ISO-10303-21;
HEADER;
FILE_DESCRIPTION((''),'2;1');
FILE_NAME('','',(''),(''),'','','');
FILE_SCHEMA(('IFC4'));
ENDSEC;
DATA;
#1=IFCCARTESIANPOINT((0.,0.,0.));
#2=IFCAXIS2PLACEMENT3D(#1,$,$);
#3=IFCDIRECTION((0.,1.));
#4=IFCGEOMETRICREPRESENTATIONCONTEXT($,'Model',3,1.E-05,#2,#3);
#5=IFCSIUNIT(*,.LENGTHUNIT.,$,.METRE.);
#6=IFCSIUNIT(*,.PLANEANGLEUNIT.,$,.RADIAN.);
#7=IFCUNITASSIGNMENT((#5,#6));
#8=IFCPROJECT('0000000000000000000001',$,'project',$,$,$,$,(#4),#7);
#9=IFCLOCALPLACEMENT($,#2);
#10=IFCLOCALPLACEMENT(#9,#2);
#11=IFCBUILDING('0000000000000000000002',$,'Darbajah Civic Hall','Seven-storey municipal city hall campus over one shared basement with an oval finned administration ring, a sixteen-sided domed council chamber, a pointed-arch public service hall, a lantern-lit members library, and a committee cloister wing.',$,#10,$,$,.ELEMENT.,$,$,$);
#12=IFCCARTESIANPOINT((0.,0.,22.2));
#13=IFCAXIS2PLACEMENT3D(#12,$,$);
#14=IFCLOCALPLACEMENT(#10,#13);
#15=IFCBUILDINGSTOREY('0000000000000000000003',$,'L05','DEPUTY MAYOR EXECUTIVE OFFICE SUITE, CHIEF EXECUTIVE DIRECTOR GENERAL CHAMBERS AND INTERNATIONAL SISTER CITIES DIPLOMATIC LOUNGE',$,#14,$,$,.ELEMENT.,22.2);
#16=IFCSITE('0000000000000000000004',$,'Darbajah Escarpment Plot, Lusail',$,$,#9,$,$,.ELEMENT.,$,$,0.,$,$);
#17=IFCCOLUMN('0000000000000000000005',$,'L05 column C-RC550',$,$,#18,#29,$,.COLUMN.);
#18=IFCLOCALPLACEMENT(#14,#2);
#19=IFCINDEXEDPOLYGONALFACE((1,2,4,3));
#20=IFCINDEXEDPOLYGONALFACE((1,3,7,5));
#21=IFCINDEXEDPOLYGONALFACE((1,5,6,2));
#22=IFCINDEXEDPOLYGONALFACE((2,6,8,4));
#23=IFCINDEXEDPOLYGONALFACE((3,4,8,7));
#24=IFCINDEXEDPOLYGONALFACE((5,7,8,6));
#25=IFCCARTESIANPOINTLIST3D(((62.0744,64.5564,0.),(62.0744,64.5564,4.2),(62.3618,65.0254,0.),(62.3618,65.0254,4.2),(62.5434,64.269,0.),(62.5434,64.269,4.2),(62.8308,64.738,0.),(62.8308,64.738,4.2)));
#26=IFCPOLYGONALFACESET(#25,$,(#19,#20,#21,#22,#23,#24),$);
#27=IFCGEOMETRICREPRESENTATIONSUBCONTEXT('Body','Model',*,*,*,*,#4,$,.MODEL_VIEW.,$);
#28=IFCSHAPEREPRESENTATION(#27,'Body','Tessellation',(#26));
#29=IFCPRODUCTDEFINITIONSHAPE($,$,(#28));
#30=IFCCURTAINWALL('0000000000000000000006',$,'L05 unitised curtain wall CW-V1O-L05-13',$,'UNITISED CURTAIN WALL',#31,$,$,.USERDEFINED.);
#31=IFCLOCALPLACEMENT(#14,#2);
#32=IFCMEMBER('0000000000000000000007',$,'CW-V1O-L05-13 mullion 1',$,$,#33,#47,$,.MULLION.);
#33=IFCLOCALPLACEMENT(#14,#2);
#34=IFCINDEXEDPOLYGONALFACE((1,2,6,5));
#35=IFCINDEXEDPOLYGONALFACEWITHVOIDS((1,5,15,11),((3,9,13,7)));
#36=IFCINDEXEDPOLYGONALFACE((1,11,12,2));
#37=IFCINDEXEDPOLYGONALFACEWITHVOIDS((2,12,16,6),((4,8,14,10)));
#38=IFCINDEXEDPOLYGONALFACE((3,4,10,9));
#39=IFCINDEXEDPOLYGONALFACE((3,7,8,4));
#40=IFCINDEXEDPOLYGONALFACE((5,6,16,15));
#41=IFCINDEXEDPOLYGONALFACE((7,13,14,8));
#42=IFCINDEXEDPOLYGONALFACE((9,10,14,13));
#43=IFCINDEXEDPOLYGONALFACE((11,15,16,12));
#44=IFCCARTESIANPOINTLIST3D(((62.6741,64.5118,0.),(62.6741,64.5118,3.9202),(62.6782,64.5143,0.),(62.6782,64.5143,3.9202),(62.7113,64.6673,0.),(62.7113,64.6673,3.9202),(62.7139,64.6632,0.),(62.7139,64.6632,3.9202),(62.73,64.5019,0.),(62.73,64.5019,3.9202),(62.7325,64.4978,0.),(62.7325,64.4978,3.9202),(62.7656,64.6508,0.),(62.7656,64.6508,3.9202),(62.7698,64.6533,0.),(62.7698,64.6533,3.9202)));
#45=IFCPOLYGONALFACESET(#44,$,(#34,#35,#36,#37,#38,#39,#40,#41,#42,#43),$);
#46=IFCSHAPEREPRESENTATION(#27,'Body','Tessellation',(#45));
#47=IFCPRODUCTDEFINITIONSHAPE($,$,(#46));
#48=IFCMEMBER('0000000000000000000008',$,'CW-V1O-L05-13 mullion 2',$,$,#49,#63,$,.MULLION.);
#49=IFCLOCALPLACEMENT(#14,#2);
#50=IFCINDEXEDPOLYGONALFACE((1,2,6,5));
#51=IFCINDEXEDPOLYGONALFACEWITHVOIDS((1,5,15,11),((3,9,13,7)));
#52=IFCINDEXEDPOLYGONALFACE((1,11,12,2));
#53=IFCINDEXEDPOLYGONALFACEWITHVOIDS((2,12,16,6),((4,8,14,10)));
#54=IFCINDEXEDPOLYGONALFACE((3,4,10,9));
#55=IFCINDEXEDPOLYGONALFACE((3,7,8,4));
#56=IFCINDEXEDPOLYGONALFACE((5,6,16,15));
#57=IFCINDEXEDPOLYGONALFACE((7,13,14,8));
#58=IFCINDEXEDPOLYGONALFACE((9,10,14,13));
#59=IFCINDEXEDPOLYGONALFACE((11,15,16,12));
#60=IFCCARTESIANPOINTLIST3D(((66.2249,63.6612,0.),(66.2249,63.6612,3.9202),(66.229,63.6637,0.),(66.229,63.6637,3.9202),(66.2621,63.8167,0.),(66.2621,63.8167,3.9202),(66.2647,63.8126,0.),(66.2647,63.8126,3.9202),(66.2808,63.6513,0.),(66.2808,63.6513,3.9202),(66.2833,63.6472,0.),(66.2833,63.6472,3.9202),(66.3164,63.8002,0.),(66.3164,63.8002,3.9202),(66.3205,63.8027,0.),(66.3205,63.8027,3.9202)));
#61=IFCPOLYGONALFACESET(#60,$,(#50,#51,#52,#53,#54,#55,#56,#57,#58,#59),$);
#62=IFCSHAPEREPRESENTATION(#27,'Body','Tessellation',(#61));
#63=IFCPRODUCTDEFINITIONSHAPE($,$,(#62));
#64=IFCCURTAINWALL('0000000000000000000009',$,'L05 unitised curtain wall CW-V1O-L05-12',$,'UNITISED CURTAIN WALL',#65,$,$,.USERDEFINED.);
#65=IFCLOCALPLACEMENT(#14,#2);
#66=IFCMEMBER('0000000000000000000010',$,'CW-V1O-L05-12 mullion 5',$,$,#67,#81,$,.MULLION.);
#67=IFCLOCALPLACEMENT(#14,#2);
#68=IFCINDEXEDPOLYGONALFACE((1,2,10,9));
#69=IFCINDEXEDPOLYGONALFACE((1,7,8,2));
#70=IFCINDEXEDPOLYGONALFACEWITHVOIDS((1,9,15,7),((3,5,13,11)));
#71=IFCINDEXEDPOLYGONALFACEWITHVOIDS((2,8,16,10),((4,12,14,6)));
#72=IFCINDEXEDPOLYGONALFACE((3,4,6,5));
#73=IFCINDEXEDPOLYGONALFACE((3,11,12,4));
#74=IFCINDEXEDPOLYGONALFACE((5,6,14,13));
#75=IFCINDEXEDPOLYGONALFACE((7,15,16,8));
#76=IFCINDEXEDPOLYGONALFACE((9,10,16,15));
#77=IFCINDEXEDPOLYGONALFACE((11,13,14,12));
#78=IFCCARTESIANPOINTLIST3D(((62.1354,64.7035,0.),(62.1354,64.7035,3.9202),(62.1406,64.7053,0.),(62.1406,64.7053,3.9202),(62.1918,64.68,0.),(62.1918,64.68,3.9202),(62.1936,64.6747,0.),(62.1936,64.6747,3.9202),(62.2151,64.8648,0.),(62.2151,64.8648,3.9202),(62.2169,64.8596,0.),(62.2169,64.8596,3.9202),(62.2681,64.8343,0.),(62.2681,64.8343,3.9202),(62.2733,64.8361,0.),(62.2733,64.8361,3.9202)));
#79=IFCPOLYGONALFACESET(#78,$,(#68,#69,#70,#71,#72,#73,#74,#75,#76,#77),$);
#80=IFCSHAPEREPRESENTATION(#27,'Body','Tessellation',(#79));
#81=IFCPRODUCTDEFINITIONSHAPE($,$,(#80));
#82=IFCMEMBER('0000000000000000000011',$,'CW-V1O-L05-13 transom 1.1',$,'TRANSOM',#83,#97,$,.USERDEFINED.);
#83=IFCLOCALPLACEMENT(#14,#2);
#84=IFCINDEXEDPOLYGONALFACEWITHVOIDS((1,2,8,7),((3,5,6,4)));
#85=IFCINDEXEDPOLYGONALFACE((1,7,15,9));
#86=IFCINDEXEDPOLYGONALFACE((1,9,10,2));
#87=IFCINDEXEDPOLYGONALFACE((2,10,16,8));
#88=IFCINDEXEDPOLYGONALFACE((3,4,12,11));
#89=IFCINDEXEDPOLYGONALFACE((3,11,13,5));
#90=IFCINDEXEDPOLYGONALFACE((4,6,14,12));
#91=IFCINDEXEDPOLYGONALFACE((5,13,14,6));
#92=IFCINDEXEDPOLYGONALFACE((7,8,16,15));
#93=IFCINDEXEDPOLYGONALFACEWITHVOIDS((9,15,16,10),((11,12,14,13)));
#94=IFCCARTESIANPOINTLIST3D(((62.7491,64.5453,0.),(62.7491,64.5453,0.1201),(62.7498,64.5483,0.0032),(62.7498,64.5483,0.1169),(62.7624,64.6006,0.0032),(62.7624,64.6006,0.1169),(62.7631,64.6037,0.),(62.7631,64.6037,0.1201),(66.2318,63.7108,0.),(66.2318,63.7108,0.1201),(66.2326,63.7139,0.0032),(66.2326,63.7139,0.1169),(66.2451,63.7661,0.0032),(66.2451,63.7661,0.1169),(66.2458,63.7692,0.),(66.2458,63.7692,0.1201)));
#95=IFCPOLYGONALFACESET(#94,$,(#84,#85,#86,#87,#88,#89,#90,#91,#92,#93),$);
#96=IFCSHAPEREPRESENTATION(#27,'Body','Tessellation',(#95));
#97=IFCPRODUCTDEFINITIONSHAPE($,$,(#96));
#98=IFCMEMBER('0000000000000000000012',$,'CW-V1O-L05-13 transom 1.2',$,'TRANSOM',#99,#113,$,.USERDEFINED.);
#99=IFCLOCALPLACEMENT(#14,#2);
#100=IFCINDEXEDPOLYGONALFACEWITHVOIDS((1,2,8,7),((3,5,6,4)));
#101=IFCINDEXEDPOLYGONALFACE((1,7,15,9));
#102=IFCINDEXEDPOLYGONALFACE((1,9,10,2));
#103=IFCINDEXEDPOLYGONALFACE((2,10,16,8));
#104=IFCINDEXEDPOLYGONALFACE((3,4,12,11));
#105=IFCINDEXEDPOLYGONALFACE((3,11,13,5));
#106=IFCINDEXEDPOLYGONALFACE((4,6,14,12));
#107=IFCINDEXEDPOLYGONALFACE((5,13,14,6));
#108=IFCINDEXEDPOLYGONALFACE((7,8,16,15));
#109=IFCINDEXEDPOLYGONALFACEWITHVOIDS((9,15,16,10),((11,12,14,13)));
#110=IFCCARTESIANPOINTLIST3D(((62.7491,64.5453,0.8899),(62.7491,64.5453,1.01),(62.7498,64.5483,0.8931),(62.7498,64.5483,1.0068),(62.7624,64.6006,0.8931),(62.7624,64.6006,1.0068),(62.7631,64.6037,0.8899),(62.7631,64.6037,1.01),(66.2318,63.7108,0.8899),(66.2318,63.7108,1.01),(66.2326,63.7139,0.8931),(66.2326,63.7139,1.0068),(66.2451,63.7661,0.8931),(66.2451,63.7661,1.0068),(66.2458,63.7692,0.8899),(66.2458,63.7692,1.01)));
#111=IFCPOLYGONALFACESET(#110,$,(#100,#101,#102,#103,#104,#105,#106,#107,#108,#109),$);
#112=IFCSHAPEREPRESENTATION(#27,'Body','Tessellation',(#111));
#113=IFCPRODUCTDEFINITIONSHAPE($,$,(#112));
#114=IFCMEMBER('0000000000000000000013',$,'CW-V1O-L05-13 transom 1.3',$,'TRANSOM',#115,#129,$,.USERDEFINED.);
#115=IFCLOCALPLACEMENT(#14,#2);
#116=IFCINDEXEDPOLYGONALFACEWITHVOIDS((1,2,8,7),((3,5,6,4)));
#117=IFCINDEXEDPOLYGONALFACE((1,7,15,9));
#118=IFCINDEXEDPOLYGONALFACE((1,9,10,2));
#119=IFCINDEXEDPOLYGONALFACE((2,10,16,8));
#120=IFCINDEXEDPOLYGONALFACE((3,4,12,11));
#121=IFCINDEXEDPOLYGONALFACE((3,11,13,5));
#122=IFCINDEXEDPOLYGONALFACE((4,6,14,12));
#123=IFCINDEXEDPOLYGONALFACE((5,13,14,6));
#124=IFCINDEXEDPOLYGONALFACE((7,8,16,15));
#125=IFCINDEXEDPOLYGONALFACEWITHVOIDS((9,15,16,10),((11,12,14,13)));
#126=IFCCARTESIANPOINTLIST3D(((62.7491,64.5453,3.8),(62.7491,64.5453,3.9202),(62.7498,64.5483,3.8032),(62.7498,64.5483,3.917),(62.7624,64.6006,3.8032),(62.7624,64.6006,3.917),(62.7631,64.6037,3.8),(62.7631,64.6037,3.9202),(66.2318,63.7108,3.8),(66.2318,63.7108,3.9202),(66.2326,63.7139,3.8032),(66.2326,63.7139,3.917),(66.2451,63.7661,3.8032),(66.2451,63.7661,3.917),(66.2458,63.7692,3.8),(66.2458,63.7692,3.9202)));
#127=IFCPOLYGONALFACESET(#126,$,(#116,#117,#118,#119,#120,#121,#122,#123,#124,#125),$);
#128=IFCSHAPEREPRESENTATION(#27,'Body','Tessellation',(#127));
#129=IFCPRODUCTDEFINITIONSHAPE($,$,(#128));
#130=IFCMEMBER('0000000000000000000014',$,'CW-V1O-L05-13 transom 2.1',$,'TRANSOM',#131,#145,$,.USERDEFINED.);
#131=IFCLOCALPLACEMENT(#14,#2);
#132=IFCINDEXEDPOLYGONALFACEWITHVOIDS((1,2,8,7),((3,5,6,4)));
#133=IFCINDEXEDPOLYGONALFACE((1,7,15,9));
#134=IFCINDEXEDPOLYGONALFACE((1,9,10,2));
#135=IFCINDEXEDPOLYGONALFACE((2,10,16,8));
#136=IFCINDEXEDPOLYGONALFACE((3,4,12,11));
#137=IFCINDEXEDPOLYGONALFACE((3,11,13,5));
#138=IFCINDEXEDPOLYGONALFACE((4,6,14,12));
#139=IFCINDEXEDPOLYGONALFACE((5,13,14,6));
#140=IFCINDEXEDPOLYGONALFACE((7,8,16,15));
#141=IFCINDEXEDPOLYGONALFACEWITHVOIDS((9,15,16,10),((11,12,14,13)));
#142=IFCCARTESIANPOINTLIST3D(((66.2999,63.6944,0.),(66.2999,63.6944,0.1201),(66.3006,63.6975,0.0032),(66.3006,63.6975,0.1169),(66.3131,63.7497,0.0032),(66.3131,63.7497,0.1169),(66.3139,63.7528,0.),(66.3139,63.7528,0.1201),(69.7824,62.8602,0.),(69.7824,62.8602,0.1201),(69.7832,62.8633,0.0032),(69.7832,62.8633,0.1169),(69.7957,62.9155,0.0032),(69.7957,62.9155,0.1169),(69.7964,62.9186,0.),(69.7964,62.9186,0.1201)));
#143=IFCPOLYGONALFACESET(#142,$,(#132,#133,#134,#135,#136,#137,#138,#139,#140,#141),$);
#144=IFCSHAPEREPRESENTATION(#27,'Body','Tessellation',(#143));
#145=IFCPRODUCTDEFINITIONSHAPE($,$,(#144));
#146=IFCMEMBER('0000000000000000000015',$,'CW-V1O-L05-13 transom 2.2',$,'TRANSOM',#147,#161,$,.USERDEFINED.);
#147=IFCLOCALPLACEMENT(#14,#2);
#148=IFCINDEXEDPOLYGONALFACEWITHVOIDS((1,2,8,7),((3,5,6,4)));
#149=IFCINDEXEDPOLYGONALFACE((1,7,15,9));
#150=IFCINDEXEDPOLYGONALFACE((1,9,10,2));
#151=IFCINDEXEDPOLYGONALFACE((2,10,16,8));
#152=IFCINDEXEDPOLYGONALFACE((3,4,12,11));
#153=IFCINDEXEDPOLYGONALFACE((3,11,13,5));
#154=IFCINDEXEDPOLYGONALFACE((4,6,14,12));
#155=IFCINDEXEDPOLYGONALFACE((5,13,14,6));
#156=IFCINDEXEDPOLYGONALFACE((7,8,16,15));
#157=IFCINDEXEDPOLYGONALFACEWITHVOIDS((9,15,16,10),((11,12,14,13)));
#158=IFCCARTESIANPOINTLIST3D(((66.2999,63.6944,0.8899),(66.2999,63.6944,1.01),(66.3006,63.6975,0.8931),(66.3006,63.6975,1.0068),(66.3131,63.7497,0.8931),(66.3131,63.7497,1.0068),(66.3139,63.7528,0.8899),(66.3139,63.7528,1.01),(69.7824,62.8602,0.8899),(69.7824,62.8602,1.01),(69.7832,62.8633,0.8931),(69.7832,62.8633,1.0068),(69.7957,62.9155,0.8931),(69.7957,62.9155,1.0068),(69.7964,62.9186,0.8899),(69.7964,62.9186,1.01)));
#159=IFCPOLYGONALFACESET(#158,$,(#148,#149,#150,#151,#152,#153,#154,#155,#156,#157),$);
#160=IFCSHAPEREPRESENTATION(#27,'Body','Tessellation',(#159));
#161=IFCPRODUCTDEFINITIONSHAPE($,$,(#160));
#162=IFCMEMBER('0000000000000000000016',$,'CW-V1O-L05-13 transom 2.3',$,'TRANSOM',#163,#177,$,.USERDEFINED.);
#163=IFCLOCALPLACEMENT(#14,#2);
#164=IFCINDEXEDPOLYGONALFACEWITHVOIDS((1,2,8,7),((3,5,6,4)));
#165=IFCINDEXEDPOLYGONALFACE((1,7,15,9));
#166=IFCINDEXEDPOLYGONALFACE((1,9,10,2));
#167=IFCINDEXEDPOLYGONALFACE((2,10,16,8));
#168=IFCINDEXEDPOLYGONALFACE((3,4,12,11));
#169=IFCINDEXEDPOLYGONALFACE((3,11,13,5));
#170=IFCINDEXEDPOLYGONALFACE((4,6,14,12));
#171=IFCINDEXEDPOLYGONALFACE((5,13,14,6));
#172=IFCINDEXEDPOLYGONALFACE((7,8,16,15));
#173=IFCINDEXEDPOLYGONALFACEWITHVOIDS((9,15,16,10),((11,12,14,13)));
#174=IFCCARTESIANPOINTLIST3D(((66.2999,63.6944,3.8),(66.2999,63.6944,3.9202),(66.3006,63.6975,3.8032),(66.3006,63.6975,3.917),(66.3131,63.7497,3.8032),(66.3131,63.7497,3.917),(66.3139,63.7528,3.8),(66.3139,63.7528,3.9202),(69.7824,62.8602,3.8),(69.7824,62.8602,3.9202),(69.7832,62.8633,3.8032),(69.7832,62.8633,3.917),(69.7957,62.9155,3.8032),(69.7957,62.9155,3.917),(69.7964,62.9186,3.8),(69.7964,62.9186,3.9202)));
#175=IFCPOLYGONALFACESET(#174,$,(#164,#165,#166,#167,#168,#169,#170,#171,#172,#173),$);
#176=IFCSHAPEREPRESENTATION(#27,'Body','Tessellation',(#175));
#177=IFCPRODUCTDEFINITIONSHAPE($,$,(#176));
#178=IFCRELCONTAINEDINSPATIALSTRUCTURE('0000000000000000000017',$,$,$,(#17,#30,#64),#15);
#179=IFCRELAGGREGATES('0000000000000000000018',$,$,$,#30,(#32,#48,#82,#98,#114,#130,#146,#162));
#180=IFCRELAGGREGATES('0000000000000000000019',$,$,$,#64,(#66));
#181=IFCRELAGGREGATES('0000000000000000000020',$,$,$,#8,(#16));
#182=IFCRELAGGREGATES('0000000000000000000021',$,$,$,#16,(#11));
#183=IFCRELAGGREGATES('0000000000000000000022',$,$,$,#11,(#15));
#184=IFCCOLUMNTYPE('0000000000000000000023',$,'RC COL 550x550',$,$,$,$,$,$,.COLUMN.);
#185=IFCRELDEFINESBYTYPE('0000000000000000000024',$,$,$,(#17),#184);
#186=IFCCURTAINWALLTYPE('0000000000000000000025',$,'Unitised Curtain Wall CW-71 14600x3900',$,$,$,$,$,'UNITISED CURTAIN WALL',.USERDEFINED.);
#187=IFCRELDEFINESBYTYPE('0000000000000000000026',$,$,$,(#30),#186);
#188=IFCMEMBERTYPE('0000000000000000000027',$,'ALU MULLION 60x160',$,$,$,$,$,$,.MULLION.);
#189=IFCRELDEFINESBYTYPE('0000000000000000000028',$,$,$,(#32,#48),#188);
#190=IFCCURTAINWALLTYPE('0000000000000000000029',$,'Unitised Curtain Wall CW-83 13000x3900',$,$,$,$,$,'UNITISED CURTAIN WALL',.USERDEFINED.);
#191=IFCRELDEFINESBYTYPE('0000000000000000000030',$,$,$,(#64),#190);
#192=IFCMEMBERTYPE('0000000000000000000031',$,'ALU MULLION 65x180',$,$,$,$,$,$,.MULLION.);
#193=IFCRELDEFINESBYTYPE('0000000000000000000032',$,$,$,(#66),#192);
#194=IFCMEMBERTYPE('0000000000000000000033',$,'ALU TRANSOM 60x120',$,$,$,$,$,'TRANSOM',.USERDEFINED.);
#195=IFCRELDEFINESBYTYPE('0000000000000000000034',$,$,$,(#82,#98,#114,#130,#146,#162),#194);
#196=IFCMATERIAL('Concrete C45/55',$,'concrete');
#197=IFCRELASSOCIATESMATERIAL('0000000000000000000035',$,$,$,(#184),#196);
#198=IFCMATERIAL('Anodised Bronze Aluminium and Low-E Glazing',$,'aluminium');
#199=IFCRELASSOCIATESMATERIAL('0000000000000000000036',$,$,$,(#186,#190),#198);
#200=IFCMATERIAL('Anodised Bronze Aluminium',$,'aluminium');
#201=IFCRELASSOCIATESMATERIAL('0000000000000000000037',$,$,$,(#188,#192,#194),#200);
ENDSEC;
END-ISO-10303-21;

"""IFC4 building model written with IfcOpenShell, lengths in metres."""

from ifc_helpers import new_model, si_unit, direction, frame, origin, origin_2d, place, context, subcontext, project, spatial, rectangle, hollow_rectangle, extrude, material, material_profile, profile_set, type_object, element, aggregate, save


model = new_model("IFC4")

# Units and contexts
model_context = context("Model", 3, precision=1e-05, world=origin(), true_north=direction((0.0, 1.0)))
body_context = subcontext(model_context, "Body", "Model", "MODEL_VIEW")
ifc_project = project(units=[si_unit("LENGTHUNIT", "METRE"), si_unit("PLANEANGLEUNIT", "RADIAN")], contexts=[model_context])

# Site, building, storey
site_placement = place(None, origin())
site = spatial("IfcSite", under=ifc_project, at=site_placement, Name="Darbajah Escarpment Plot, Lusail", CompositionType="ELEMENT", RefElevation=0.0)
building_placement = place(site_placement, origin())
building = spatial("IfcBuilding", under=site, at=building_placement, Name="Darbajah Civic Hall", Description="Seven-storey municipal city hall campus over one shared basement with an oval finned administration ring, a sixteen-sided domed council chamber, a pointed-arch public service hall, a lantern-lit members library, and a committee cloister wing.", CompositionType="ELEMENT")
storey_placement = place(building_placement, frame((0.0, 0.0, 22.2)))
storey = spatial("IfcBuildingStorey", under=building, at=storey_placement, Name="L05", Description="DEPUTY MAYOR EXECUTIVE OFFICE SUITE, CHIEF EXECUTIVE DIRECTOR GENERAL CHAMBERS AND INTERNATIONAL SISTER CITIES DIPLOMATIC LOUNGE", CompositionType="ELEMENT", Elevation=22.2)

# Column
ifc_material_1 = material(Name="Concrete C45/55", Category="concrete")
ifc_material_profile_1 = material_profile(ifc_material_1, rectangle(XDim=0.55, YDim=0.55, at=origin_2d()), Name="RC COL 550x550")
ifc_profile_set_1 = profile_set([ifc_material_profile_1], Name="Concrete C45/55")
column_type = type_object("IfcColumnType", Name="RC COL 550x550", PredefinedType="COLUMN", material=ifc_profile_set_1)
column_placement = place(storey_placement, frame((62.4526, 64.6472, 0.0), z_axis=(0.0, 0.0, 1.0), x_axis=(-0.522499, -0.85264, 0.0)))
element("IfcColumn", 1, at=column_placement, inside=storey, type_object=column_type, Name="L05 column C-RC550", PredefinedType="COLUMN", context=body_context, shape_type="SweptSolid", body=[
    extrude(rectangle(XDim=0.55, YDim=0.55, at=origin_2d()), origin(), (0.0, 0.0, 1.0), 4.2),
])

# Curtain wall, members
ifc_material_2 = material(Name="Anodised Bronze Aluminium and Low-E Glazing", Category="aluminium")
curtain_wall_type_1 = type_object("IfcCurtainWallType", Name="Unitised Curtain Wall CW-71 14600x3900", ElementType="UNITISED CURTAIN WALL", PredefinedType="USERDEFINED", material=ifc_material_2)
curtain_wall_1_placement = place(storey_placement, origin())
curtain_wall_1 = element("IfcCurtainWall", 2, at=curtain_wall_1_placement, inside=storey, type_object=curtain_wall_type_1, Name="L05 unitised curtain wall CW-V1O-L05-13", ObjectType="UNITISED CURTAIN WALL", PredefinedType="USERDEFINED")
ifc_material_3 = material(Name="Anodised Bronze Aluminium", Category="aluminium")
ifc_material_profile_2 = material_profile(ifc_material_3, hollow_rectangle(XDim=0.0601, YDim=0.1599, WallThickness=0.0034, at=origin_2d()), Name="ALU MULLION 60x160")
ifc_profile_set_2 = profile_set([ifc_material_profile_2], Name="Anodised Bronze Aluminium")
member_type_1 = type_object("IfcMemberType", Name="ALU MULLION 60x160", PredefinedType="MULLION", material=ifc_profile_set_2)
member_1_placement = place(storey_placement, frame((62.7219, 64.5825, 0.0), z_axis=(0.0, 0.0, 1.0), x_axis=(0.972492, -0.232936, 0.0)))
member_1 = element("IfcMember", 3, at=member_1_placement, type_object=member_type_1, Name="CW-V1O-L05-13 mullion 1", PredefinedType="MULLION", context=body_context, shape_type="SweptSolid", body=[
    extrude(hollow_rectangle(XDim=0.0601, YDim=0.1599, WallThickness=0.0034, at=origin_2d()), origin(), (0.0, 0.0, 1.0), 3.9202),
])
member_2_placement = place(storey_placement, frame((66.2727, 63.7319, 0.0), z_axis=(0.0, 0.0, 1.0), x_axis=(0.972492, -0.232936, 0.0)))
member_2 = element("IfcMember", 4, at=member_2_placement, type_object=member_type_1, Name="CW-V1O-L05-13 mullion 2", PredefinedType="MULLION", context=body_context, shape_type="SweptSolid", body=[
    extrude(hollow_rectangle(XDim=0.0601, YDim=0.1599, WallThickness=0.0034, at=origin_2d()), origin(), (0.0, 0.0, 1.0), 3.9202),
])

# Curtain wall, member
curtain_wall_type_2 = type_object("IfcCurtainWallType", Name="Unitised Curtain Wall CW-83 13000x3900", ElementType="UNITISED CURTAIN WALL", PredefinedType="USERDEFINED", material=ifc_material_2)
curtain_wall_2_placement = place(storey_placement, origin())
curtain_wall_2 = element("IfcCurtainWall", 5, at=curtain_wall_2_placement, inside=storey, type_object=curtain_wall_type_2, Name="L05 unitised curtain wall CW-V1O-L05-12", ObjectType="UNITISED CURTAIN WALL", PredefinedType="USERDEFINED")
ifc_material_profile_3 = material_profile(ifc_material_3, hollow_rectangle(XDim=0.0649, YDim=0.1799, WallThickness=0.0039, at=origin_2d()), Name="ALU MULLION 65x180")
ifc_profile_set_3 = profile_set([ifc_material_profile_3], Name="Anodised Bronze Aluminium")
member_type_2 = type_object("IfcMemberType", Name="ALU MULLION 65x180", PredefinedType="MULLION", material=ifc_profile_set_3)
member_3_placement = place(storey_placement, frame((62.2043, 64.7698, 0.0), z_axis=(0.0, 0.0, 1.0), x_axis=(0.896564, -0.442915, 0.0)))
member_3 = element("IfcMember", 6, at=member_3_placement, type_object=member_type_2, Name="CW-V1O-L05-12 mullion 5", PredefinedType="MULLION", context=body_context, shape_type="SweptSolid", body=[
    extrude(hollow_rectangle(XDim=0.0649, YDim=0.1799, WallThickness=0.0039, at=origin_2d()), origin(), (0.0, 0.0, 1.0), 3.9202),
])

# Members
ifc_material_profile_4 = material_profile(ifc_material_3, hollow_rectangle(XDim=0.0601, YDim=0.1201, WallThickness=0.0032, at=origin_2d()), Name="ALU TRANSOM 60x120")
ifc_profile_set_4 = profile_set([ifc_material_profile_4], Name="Anodised Bronze Aluminium")
member_type_3 = type_object("IfcMemberType", Name="ALU TRANSOM 60x120", ElementType="TRANSOM", PredefinedType="USERDEFINED", material=ifc_profile_set_4)
member_4_placement = place(storey_placement, frame((62.7561, 64.5745, 0.0601), z_axis=(0.972474, -0.233012, 0.0), x_axis=(0.233012, 0.972474, 0.0)))
member_4 = element("IfcMember", 7, at=member_4_placement, type_object=member_type_3, Name="CW-V1O-L05-13 transom 1.1", ObjectType="TRANSOM", PredefinedType="USERDEFINED", context=body_context, shape_type="SweptSolid", body=[
    extrude(hollow_rectangle(XDim=0.0601, YDim=0.1201, WallThickness=0.0032, at=origin_2d()), origin(), (0.0, 0.0, 1.0), 3.5813),
])
member_5_placement = place(storey_placement, frame((62.7561, 64.5745, 0.95), z_axis=(0.972474, -0.233012, 0.0), x_axis=(0.233012, 0.972474, 0.0)))
member_5 = element("IfcMember", 8, at=member_5_placement, type_object=member_type_3, Name="CW-V1O-L05-13 transom 1.2", ObjectType="TRANSOM", PredefinedType="USERDEFINED", context=body_context, shape_type="SweptSolid", body=[
    extrude(hollow_rectangle(XDim=0.0601, YDim=0.1201, WallThickness=0.0032, at=origin_2d()), origin(), (0.0, 0.0, 1.0), 3.5813),
])
member_6_placement = place(storey_placement, frame((62.7561, 64.5745, 3.8601), z_axis=(0.972474, -0.233012, 0.0), x_axis=(0.233012, 0.972474, 0.0)))
member_6 = element("IfcMember", 9, at=member_6_placement, type_object=member_type_3, Name="CW-V1O-L05-13 transom 1.3", ObjectType="TRANSOM", PredefinedType="USERDEFINED", context=body_context, shape_type="SweptSolid", body=[
    extrude(hollow_rectangle(XDim=0.0601, YDim=0.1201, WallThickness=0.0032, at=origin_2d()), origin(), (0.0, 0.0, 1.0), 3.5813),
])
member_7_placement = place(storey_placement, frame((66.3069, 63.7236, 0.0601), z_axis=(0.972486, -0.232963, 0.0), x_axis=(0.232963, 0.972486, 0.0)))
member_7 = element("IfcMember", 10, at=member_7_placement, type_object=member_type_3, Name="CW-V1O-L05-13 transom 2.1", ObjectType="TRANSOM", PredefinedType="USERDEFINED", context=body_context, shape_type="SweptSolid", body=[
    extrude(hollow_rectangle(XDim=0.0601, YDim=0.1201, WallThickness=0.0032, at=origin_2d()), origin(), (0.0, 0.0, 1.0), 3.5811),
])
member_8_placement = place(storey_placement, frame((66.3069, 63.7236, 0.95), z_axis=(0.972486, -0.232963, 0.0), x_axis=(0.232963, 0.972486, 0.0)))
member_8 = element("IfcMember", 11, at=member_8_placement, type_object=member_type_3, Name="CW-V1O-L05-13 transom 2.2", ObjectType="TRANSOM", PredefinedType="USERDEFINED", context=body_context, shape_type="SweptSolid", body=[
    extrude(hollow_rectangle(XDim=0.0601, YDim=0.1201, WallThickness=0.0032, at=origin_2d()), origin(), (0.0, 0.0, 1.0), 3.5811),
])
member_9_placement = place(storey_placement, frame((66.3069, 63.7236, 3.8601), z_axis=(0.972486, -0.232963, 0.0), x_axis=(0.232963, 0.972486, 0.0)))
member_9 = element("IfcMember", 12, at=member_9_placement, type_object=member_type_3, Name="CW-V1O-L05-13 transom 2.3", ObjectType="TRANSOM", PredefinedType="USERDEFINED", context=body_context, shape_type="SweptSolid", body=[
    extrude(hollow_rectangle(XDim=0.0601, YDim=0.1201, WallThickness=0.0032, at=origin_2d()), origin(), (0.0, 0.0, 1.0), 3.5811),
])

aggregate(curtain_wall_1, [member_1, member_2, member_4, member_5, member_6, member_7, member_8, member_9])
aggregate(curtain_wall_2, [member_3])

save(model, "model.ifc")
